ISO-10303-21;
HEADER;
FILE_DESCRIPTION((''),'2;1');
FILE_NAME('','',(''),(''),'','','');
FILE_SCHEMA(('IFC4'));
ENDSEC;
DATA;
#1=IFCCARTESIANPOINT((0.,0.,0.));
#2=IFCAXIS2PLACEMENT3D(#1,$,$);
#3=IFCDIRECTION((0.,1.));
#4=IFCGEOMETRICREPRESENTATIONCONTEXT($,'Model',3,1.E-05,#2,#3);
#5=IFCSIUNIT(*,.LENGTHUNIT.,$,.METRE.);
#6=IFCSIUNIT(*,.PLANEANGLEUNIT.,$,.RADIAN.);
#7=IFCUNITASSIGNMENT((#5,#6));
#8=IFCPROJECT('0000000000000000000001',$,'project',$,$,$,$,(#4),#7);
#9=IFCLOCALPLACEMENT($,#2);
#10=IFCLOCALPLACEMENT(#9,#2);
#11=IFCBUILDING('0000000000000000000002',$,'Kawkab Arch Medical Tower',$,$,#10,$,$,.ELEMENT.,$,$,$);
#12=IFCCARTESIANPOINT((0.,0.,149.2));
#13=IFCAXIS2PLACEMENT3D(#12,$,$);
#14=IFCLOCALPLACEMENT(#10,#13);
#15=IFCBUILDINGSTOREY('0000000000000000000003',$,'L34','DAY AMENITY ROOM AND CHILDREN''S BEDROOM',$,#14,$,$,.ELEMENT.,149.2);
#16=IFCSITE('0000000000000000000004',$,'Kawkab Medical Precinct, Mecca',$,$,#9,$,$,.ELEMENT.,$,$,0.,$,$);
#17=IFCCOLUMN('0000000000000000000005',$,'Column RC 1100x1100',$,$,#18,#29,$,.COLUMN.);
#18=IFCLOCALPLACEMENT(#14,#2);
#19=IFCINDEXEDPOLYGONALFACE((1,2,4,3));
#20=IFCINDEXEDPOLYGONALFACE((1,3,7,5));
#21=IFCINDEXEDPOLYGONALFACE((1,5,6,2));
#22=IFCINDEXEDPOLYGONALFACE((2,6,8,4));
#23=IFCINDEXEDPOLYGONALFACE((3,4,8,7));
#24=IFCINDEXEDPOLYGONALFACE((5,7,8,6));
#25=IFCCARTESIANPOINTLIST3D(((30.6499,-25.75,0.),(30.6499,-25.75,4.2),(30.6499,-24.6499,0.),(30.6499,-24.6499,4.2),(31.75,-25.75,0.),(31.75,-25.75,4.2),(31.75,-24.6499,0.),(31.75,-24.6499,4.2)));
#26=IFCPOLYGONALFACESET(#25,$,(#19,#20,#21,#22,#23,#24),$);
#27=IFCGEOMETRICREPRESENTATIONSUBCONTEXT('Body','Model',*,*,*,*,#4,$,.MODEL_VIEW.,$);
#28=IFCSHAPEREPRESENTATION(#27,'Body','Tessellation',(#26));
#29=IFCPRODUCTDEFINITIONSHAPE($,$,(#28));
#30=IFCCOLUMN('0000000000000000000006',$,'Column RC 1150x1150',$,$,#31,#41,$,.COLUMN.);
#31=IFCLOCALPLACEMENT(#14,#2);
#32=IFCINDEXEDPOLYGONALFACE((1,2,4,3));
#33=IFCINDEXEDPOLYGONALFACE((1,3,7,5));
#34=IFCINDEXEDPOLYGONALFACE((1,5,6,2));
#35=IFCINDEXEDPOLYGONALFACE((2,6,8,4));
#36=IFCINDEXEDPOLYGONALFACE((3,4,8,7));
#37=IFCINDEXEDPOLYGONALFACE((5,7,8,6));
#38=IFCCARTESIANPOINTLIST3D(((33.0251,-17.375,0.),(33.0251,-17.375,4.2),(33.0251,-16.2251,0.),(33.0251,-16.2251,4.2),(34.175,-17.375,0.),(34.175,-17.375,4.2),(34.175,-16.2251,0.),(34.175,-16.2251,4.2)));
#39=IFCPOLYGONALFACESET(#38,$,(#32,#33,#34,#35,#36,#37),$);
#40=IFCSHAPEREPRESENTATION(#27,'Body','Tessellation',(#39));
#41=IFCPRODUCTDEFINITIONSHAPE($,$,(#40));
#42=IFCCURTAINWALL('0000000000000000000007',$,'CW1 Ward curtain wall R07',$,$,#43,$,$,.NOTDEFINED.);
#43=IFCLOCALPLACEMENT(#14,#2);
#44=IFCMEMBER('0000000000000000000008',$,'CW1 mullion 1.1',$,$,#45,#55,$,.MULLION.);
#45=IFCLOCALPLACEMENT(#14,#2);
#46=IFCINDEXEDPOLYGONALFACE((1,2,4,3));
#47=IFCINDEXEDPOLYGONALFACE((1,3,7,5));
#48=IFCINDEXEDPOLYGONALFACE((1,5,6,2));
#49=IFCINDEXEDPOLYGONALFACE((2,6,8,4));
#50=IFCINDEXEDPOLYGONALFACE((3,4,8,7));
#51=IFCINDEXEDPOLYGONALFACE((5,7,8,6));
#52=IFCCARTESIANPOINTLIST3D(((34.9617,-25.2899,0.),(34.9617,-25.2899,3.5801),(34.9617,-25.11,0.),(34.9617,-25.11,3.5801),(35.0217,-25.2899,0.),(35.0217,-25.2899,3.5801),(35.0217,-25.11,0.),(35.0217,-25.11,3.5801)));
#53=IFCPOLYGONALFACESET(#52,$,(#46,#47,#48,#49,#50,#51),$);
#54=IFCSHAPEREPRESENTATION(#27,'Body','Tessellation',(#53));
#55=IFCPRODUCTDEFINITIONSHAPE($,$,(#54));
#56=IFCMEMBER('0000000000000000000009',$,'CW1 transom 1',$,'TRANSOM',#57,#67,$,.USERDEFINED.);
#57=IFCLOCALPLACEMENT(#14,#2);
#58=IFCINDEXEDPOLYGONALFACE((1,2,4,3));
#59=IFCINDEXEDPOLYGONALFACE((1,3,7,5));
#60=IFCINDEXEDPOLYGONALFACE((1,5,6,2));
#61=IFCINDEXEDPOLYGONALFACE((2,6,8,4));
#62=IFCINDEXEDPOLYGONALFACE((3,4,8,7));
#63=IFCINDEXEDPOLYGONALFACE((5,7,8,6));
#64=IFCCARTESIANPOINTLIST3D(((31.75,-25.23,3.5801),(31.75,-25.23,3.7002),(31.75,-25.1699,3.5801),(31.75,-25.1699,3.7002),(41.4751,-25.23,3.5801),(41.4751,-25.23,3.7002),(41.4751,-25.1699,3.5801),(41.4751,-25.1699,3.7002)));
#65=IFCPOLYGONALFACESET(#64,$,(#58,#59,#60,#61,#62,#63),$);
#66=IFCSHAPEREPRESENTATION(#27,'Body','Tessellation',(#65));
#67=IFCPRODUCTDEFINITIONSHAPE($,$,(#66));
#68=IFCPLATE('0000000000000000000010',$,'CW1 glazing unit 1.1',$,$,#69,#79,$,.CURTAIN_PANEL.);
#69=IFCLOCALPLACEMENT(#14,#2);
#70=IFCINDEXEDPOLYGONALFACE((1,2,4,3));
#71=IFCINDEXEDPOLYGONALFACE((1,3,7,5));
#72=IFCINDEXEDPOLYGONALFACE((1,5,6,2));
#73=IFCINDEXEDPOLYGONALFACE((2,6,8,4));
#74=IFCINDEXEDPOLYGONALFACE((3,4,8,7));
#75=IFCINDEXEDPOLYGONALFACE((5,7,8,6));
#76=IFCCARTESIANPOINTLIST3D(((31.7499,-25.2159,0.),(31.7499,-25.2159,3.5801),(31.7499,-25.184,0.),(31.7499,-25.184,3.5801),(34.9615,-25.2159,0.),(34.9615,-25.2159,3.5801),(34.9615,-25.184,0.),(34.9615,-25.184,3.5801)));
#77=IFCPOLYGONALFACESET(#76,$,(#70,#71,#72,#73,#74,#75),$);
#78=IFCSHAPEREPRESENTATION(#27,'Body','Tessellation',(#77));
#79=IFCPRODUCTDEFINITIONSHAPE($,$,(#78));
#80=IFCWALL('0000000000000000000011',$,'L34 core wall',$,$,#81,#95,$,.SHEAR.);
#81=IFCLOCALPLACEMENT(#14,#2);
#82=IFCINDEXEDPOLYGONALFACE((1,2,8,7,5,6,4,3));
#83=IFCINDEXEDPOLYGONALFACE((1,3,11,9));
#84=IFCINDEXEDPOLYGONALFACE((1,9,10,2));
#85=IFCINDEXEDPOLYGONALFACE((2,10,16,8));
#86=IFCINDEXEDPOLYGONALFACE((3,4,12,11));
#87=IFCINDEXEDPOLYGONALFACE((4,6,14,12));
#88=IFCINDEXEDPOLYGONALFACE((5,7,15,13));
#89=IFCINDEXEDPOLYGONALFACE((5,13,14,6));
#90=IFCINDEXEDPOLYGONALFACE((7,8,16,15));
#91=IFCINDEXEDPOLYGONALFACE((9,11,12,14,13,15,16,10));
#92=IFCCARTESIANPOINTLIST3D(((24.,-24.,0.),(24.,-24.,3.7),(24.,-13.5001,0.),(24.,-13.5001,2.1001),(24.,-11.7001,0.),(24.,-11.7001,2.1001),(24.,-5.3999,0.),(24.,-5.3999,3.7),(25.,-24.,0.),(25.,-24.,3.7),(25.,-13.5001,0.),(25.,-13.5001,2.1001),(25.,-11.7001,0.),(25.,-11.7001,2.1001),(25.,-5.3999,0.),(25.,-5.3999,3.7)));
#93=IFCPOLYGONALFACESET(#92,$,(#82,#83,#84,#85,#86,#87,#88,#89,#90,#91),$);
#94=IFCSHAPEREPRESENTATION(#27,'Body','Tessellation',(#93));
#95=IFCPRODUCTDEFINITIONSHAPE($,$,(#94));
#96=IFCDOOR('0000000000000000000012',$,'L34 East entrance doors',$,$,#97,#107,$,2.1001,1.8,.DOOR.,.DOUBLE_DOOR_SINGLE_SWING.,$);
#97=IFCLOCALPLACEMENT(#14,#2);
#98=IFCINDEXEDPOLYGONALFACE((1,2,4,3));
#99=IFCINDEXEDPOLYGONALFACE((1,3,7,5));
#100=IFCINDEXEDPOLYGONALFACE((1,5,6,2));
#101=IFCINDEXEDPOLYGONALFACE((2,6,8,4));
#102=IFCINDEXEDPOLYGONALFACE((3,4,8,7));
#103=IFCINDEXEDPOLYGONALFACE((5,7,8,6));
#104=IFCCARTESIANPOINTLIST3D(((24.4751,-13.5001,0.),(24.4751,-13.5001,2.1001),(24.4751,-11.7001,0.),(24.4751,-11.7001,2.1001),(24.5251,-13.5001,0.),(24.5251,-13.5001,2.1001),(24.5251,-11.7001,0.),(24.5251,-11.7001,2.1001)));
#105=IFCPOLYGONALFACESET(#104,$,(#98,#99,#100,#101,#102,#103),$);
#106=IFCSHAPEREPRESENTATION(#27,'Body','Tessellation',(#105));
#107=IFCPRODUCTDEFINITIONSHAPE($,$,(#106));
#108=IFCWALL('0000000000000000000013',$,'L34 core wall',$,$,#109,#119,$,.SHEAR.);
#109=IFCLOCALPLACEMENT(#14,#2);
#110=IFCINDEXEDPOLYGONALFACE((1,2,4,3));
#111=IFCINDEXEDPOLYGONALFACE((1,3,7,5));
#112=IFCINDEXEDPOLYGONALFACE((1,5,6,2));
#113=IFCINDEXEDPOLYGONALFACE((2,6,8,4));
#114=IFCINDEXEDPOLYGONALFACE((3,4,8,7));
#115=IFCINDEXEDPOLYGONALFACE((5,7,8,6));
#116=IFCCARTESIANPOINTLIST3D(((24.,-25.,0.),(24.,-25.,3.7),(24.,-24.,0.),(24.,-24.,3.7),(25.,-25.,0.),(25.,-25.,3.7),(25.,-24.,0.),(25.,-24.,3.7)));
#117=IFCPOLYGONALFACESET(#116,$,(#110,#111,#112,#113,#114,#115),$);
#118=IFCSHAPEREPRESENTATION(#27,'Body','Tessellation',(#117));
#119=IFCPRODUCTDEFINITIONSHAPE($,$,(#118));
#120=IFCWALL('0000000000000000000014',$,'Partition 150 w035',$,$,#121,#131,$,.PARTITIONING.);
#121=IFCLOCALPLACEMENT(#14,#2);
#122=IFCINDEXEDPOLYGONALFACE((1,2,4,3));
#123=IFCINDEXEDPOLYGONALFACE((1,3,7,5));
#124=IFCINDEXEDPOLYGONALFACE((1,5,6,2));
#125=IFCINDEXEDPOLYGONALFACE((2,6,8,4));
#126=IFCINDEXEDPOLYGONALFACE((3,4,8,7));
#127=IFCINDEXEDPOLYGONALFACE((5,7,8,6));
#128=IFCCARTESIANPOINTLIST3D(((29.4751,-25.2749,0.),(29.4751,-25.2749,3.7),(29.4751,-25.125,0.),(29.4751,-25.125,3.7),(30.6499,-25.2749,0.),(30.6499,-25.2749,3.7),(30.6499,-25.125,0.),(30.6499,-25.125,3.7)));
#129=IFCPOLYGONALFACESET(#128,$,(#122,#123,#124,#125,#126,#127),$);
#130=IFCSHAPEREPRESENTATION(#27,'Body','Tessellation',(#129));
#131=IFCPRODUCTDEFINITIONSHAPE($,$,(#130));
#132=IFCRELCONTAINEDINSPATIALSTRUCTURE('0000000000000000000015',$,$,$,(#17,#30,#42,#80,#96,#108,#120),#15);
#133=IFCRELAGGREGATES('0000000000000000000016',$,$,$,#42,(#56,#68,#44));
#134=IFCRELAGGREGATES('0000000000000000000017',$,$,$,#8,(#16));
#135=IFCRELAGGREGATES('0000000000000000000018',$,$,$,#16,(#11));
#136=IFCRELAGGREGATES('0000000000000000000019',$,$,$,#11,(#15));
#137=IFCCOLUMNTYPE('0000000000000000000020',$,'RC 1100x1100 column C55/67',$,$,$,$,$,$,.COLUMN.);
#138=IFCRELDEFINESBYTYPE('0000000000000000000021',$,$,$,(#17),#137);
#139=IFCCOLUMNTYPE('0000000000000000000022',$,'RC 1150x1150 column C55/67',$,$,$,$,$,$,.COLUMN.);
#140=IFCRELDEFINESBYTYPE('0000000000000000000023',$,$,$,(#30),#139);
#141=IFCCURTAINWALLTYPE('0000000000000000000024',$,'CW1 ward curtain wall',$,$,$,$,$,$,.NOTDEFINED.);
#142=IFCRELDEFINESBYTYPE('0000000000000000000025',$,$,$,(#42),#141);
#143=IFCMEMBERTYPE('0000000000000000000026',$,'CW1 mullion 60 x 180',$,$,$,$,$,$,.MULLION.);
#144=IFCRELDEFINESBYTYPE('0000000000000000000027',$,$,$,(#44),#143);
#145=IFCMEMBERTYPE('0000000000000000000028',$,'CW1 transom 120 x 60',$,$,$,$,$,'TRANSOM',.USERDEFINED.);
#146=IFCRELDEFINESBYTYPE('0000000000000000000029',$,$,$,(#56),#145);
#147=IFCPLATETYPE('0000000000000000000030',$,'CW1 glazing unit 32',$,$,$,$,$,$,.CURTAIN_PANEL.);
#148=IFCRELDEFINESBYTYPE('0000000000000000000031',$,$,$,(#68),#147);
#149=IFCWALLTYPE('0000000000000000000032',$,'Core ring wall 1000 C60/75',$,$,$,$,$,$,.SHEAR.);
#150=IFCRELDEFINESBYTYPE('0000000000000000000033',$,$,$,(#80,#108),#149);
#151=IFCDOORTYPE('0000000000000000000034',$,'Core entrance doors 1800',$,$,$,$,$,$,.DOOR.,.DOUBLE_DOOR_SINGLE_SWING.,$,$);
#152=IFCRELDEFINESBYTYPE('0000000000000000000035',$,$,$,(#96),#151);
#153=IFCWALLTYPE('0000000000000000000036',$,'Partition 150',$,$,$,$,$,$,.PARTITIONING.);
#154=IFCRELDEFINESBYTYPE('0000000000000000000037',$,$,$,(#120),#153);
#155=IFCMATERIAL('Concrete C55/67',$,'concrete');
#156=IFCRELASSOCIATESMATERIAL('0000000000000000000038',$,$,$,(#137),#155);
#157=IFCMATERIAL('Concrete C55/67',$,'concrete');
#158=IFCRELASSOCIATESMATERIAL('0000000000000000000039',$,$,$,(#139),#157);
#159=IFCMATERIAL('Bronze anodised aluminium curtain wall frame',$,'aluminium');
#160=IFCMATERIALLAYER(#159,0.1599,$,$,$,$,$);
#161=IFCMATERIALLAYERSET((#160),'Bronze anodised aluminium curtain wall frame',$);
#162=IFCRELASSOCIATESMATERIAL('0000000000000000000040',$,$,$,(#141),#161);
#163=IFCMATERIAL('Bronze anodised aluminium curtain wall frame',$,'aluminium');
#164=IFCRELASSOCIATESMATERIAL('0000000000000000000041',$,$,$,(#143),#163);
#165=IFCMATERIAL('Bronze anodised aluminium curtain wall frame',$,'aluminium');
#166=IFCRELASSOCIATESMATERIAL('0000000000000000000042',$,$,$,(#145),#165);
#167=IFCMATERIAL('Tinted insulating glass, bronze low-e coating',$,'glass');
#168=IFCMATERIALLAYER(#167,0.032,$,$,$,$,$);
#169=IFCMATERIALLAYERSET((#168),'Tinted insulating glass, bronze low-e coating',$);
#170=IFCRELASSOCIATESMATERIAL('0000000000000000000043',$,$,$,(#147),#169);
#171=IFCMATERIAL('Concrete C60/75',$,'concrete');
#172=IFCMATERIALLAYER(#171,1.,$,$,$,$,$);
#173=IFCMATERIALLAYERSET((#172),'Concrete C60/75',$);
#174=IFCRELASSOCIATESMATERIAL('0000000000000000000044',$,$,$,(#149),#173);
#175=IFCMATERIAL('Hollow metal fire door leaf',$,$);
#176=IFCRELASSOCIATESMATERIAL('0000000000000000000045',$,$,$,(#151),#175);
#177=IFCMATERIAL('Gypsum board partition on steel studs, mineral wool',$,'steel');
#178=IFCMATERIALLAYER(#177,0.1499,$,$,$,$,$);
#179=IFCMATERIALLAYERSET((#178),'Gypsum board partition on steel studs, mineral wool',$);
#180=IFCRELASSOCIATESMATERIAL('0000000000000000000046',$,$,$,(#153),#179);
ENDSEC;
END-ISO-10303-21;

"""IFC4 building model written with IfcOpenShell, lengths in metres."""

from ifc_helpers import new_model, si_unit, direction, frame, frame_2d, origin, origin_2d, place, context, subcontext, project, spatial, rectangle, extrude, material, layer, layer_set, material_profile, profile_set, type_object, element, fill, aggregate, save


model = new_model("IFC4")

# Units and contexts
model_context = context("Model", 3, precision=1e-05, world=origin(), true_north=direction((0.0, 1.0)))
body_context = subcontext(model_context, "Body", "Model", "MODEL_VIEW")
ifc_project = project(units=[si_unit("LENGTHUNIT", "METRE"), si_unit("PLANEANGLEUNIT", "RADIAN")], contexts=[model_context])

# Site, building, storey
site_placement = place(None, origin())
site = spatial("IfcSite", under=ifc_project, at=site_placement, Name="Kawkab Medical Precinct, Mecca", CompositionType="ELEMENT", RefElevation=0.0)
building_placement = place(site_placement, origin())
building = spatial("IfcBuilding", under=site, at=building_placement, Name="Kawkab Arch Medical Tower", CompositionType="ELEMENT")
storey_placement = place(building_placement, frame((0.0, 0.0, 149.2)))
storey = spatial("IfcBuildingStorey", under=building, at=storey_placement, Name="L34", Description="DAY AMENITY ROOM AND CHILDREN'S BEDROOM", CompositionType="ELEMENT", Elevation=149.2)

# Columns
ifc_material_1 = material(Name="Concrete C55/67", Category="concrete")
ifc_material_profile_1 = material_profile(ifc_material_1, rectangle(XDim=1.1001, YDim=1.1001, at=origin_2d()), Name="RC 1100x1100")
ifc_profile_set_1 = profile_set([ifc_material_profile_1], Name="Concrete C55/67")
column_type_1 = type_object("IfcColumnType", Name="RC 1100x1100 column C55/67", PredefinedType="COLUMN", material=ifc_profile_set_1)
column_1_placement = place(storey_placement, frame((31.2, -25.2, 0.0), z_axis=(0.0, 0.0, 1.0), x_axis=(1.0, 0.0, 0.0)))
element("IfcColumn", 1, at=column_1_placement, inside=storey, type_object=column_type_1, Name="Column RC 1100x1100", PredefinedType="COLUMN", context=body_context, shape_type="SweptSolid", body=[
    extrude(rectangle(XDim=1.1001, YDim=1.1001, at=origin_2d()), origin(), (0.0, 0.0, 1.0), 4.2),
])
ifc_material_2 = material(Name="Concrete C55/67", Category="concrete")
ifc_material_profile_2 = material_profile(ifc_material_2, rectangle(XDim=1.1499, YDim=1.1499, at=origin_2d()), Name="RC 1150x1150")
ifc_profile_set_2 = profile_set([ifc_material_profile_2], Name="Concrete C55/67")
column_type_2 = type_object("IfcColumnType", Name="RC 1150x1150 column C55/67", PredefinedType="COLUMN", material=ifc_profile_set_2)
column_2_placement = place(storey_placement, frame((33.6001, -16.8, 0.0), z_axis=(0.0, 0.0, 1.0), x_axis=(1.0, 0.0, 0.0)))
element("IfcColumn", 2, at=column_2_placement, inside=storey, type_object=column_type_2, Name="Column RC 1150x1150", PredefinedType="COLUMN", context=body_context, shape_type="SweptSolid", body=[
    extrude(rectangle(XDim=1.1499, YDim=1.1499, at=origin_2d()), origin(), (0.0, 0.0, 1.0), 4.2),
])

# Curtain wall, members, plate
ifc_material_3 = material(Name="Bronze anodised aluminium curtain wall frame", Category="aluminium")
ifc_layer_1 = layer(ifc_material_3, 0.1599)
ifc_layer_set_1 = layer_set([ifc_layer_1], Name="Bronze anodised aluminium curtain wall frame")
curtain_wall_type = type_object("IfcCurtainWallType", Name="CW1 ward curtain wall", PredefinedType="NOTDEFINED", material=ifc_layer_set_1)
curtain_wall_placement = place(storey_placement, origin())
curtain_wall = element("IfcCurtainWall", 3, at=curtain_wall_placement, inside=storey, type_object=curtain_wall_type, Name="CW1 Ward curtain wall R07", PredefinedType="NOTDEFINED")
ifc_material_4 = material(Name="Bronze anodised aluminium curtain wall frame", Category="aluminium")
ifc_material_profile_3 = material_profile(ifc_material_4, rectangle(XDim=0.1799, YDim=0.0601, at=origin_2d()), Name="AL 60x180")
ifc_profile_set_3 = profile_set([ifc_material_profile_3], Name="Bronze anodised aluminium curtain wall frame")
member_type_1 = type_object("IfcMemberType", Name="CW1 mullion 60 x 180", PredefinedType="MULLION", material=ifc_profile_set_3)
member_1_placement = place(storey_placement, frame((34.9917, -25.2, 0.0), z_axis=(0.0, 0.0, 1.0), x_axis=(0.0, 1.0, 0.0)))
member_1 = element("IfcMember", 4, at=member_1_placement, type_object=member_type_1, Name="CW1 mullion 1.1", PredefinedType="MULLION", context=body_context, shape_type="SweptSolid", body=[
    extrude(rectangle(XDim=0.1799, YDim=0.0601, at=origin_2d()), origin(), (0.0, 0.0, 1.0), 3.5801),
])
ifc_material_5 = material(Name="Bronze anodised aluminium curtain wall frame", Category="aluminium")
ifc_material_profile_4 = material_profile(ifc_material_5, rectangle(XDim=0.0601, YDim=0.1201, at=origin_2d()), Name="AL 60x120")
ifc_profile_set_4 = profile_set([ifc_material_profile_4], Name="Bronze anodised aluminium curtain wall frame")
member_type_2 = type_object("IfcMemberType", Name="CW1 transom 120 x 60", ElementType="TRANSOM", PredefinedType="USERDEFINED", material=ifc_profile_set_4)
member_2_placement = place(storey_placement, frame((31.75, -25.2, 3.6401), z_axis=(1.0, 0.0, 0.0), x_axis=(0.0, 1.0, 0.0)))
member_2 = element("IfcMember", 5, at=member_2_placement, type_object=member_type_2, Name="CW1 transom 1", ObjectType="TRANSOM", PredefinedType="USERDEFINED", context=body_context, shape_type="SweptSolid", body=[
    extrude(rectangle(XDim=0.0601, YDim=0.1201, at=origin_2d()), origin(), (0.0, 0.0, 1.0), 9.7251),
])
ifc_material_6 = material(Name="Tinted insulating glass, bronze low-e coating", Category="glass")
ifc_layer_2 = layer(ifc_material_6, 0.032)
ifc_layer_set_2 = layer_set([ifc_layer_2], Name="Tinted insulating glass, bronze low-e coating")
plate_type = type_object("IfcPlateType", Name="CW1 glazing unit 32", PredefinedType="CURTAIN_PANEL", material=ifc_layer_set_2)
plate_placement = place(storey_placement, frame((33.3557, -25.2, 0.0), z_axis=(0.0, 0.0, 1.0), x_axis=(1.0, 0.0, 0.0)))
plate = element("IfcPlate", 6, at=plate_placement, type_object=plate_type, Name="CW1 glazing unit 1.1", PredefinedType="CURTAIN_PANEL", context=body_context, shape_type="SweptSolid", body=[
    extrude(rectangle(XDim=3.2117, YDim=0.032, at=origin_2d()), origin(), (0.0, 0.0, 1.0), 3.5801),
])
aggregate(curtain_wall, [member_2, plate, member_1])

# Wall, opening, door
ifc_material_7 = material(Name="Concrete C60/75", Category="concrete")
ifc_layer_3 = layer(ifc_material_7, 1.0)
ifc_layer_set_3 = layer_set([ifc_layer_3], Name="Concrete C60/75")
wall_type_1 = type_object("IfcWallType", Name="Core ring wall 1000 C60/75", PredefinedType="SHEAR", material=ifc_layer_set_3)
wall_1_placement = place(storey_placement, frame((24.5, -24.0, 0.0), z_axis=(0.0, 0.0, 1.0), x_axis=(0.0, 1.0, 0.0)))
wall_1 = element("IfcWall", 7, at=wall_1_placement, inside=storey, type_object=wall_type_1, Name="L34 core wall", PredefinedType="SHEAR", context=body_context, shape_type="SweptSolid", body=[
    extrude(rectangle(XDim=18.6001, YDim=1.0, at=frame_2d((9.3, 0.0))), origin(), (0.0, 0.0, 1.0), 3.7),
])
opening_1_placement = place(wall_1_placement, frame((10.5, 0.0, 0.0)))
opening_1 = element("IfcOpeningElement", 8, at=opening_1_placement, cuts=wall_1, PredefinedType="OPENING", context=body_context, shape_type="SweptSolid", body=[
    extrude(rectangle(XDim=1.8, YDim=2.1001, at=frame_2d((0.8999, 1.05))), frame((0.0, 0.51, 0.0), z_axis=(0.0, -1.0, 0.0), x_axis=(1.0, 0.0, 0.0)), (0.0, 0.0, 1.0), 1.02),
])
ifc_material_8 = material(Name="Hollow metal fire door leaf")
door_type_1 = type_object("IfcDoorType", Name="Core entrance doors 1800", OperationType="DOUBLE_DOOR_SINGLE_SWING", PredefinedType="DOOR", material=ifc_material_8)
door_1_placement = place(opening_1_placement, origin())
door_1 = element("IfcDoor", 9, at=door_1_placement, inside=storey, type_object=door_type_1, Name="L34 East entrance doors", OperationType="DOUBLE_DOOR_SINGLE_SWING", OverallHeight=2.1001, OverallWidth=1.8, PredefinedType="DOOR", context=body_context, shape_type="SweptSolid", body=[
    extrude(rectangle(XDim=1.8, YDim=2.1001, at=frame_2d((0.8999, 1.05))), frame((0.0, 0.0249, 0.0), z_axis=(0.0, -1.0, 0.0), x_axis=(1.0, 0.0, 0.0)), (0.0, 0.0, 1.0), 0.05),
])
fill(opening_1, door_1)

# Walls
wall_2_placement = place(storey_placement, frame((24.5, -25.0, 0.0), z_axis=(0.0, 0.0, 1.0), x_axis=(0.0, 1.0, 0.0)))
element("IfcWall", 10, at=wall_2_placement, inside=storey, type_object=wall_type_1, Name="L34 core wall", PredefinedType="SHEAR", context=body_context, shape_type="SweptSolid", body=[
    extrude(rectangle(XDim=1.0, YDim=1.0, at=frame_2d((0.5, 0.0))), origin(), (0.0, 0.0, 1.0), 3.7),
])
ifc_material_9 = material(Name="Gypsum board partition on steel studs, mineral wool", Category="steel")
ifc_layer_4 = layer(ifc_material_9, 0.1499)
ifc_layer_set_4 = layer_set([ifc_layer_4], Name="Gypsum board partition on steel studs, mineral wool")
wall_type_2 = type_object("IfcWallType", Name="Partition 150", PredefinedType="PARTITIONING", material=ifc_layer_set_4)
wall_3_placement = place(storey_placement, frame((29.4751, -25.2, 0.0), z_axis=(0.0, 0.0, 1.0), x_axis=(1.0, 0.0, 0.0)))
element("IfcWall", 11, at=wall_3_placement, inside=storey, type_object=wall_type_2, Name="Partition 150 w035", PredefinedType="PARTITIONING", context=body_context, shape_type="SweptSolid", body=[
    extrude(rectangle(XDim=1.1748, YDim=0.1499, at=frame_2d((0.5874, 0.0))), origin(), (0.0, 0.0, 1.0), 3.7),
])

save(model, "model.ifc")
